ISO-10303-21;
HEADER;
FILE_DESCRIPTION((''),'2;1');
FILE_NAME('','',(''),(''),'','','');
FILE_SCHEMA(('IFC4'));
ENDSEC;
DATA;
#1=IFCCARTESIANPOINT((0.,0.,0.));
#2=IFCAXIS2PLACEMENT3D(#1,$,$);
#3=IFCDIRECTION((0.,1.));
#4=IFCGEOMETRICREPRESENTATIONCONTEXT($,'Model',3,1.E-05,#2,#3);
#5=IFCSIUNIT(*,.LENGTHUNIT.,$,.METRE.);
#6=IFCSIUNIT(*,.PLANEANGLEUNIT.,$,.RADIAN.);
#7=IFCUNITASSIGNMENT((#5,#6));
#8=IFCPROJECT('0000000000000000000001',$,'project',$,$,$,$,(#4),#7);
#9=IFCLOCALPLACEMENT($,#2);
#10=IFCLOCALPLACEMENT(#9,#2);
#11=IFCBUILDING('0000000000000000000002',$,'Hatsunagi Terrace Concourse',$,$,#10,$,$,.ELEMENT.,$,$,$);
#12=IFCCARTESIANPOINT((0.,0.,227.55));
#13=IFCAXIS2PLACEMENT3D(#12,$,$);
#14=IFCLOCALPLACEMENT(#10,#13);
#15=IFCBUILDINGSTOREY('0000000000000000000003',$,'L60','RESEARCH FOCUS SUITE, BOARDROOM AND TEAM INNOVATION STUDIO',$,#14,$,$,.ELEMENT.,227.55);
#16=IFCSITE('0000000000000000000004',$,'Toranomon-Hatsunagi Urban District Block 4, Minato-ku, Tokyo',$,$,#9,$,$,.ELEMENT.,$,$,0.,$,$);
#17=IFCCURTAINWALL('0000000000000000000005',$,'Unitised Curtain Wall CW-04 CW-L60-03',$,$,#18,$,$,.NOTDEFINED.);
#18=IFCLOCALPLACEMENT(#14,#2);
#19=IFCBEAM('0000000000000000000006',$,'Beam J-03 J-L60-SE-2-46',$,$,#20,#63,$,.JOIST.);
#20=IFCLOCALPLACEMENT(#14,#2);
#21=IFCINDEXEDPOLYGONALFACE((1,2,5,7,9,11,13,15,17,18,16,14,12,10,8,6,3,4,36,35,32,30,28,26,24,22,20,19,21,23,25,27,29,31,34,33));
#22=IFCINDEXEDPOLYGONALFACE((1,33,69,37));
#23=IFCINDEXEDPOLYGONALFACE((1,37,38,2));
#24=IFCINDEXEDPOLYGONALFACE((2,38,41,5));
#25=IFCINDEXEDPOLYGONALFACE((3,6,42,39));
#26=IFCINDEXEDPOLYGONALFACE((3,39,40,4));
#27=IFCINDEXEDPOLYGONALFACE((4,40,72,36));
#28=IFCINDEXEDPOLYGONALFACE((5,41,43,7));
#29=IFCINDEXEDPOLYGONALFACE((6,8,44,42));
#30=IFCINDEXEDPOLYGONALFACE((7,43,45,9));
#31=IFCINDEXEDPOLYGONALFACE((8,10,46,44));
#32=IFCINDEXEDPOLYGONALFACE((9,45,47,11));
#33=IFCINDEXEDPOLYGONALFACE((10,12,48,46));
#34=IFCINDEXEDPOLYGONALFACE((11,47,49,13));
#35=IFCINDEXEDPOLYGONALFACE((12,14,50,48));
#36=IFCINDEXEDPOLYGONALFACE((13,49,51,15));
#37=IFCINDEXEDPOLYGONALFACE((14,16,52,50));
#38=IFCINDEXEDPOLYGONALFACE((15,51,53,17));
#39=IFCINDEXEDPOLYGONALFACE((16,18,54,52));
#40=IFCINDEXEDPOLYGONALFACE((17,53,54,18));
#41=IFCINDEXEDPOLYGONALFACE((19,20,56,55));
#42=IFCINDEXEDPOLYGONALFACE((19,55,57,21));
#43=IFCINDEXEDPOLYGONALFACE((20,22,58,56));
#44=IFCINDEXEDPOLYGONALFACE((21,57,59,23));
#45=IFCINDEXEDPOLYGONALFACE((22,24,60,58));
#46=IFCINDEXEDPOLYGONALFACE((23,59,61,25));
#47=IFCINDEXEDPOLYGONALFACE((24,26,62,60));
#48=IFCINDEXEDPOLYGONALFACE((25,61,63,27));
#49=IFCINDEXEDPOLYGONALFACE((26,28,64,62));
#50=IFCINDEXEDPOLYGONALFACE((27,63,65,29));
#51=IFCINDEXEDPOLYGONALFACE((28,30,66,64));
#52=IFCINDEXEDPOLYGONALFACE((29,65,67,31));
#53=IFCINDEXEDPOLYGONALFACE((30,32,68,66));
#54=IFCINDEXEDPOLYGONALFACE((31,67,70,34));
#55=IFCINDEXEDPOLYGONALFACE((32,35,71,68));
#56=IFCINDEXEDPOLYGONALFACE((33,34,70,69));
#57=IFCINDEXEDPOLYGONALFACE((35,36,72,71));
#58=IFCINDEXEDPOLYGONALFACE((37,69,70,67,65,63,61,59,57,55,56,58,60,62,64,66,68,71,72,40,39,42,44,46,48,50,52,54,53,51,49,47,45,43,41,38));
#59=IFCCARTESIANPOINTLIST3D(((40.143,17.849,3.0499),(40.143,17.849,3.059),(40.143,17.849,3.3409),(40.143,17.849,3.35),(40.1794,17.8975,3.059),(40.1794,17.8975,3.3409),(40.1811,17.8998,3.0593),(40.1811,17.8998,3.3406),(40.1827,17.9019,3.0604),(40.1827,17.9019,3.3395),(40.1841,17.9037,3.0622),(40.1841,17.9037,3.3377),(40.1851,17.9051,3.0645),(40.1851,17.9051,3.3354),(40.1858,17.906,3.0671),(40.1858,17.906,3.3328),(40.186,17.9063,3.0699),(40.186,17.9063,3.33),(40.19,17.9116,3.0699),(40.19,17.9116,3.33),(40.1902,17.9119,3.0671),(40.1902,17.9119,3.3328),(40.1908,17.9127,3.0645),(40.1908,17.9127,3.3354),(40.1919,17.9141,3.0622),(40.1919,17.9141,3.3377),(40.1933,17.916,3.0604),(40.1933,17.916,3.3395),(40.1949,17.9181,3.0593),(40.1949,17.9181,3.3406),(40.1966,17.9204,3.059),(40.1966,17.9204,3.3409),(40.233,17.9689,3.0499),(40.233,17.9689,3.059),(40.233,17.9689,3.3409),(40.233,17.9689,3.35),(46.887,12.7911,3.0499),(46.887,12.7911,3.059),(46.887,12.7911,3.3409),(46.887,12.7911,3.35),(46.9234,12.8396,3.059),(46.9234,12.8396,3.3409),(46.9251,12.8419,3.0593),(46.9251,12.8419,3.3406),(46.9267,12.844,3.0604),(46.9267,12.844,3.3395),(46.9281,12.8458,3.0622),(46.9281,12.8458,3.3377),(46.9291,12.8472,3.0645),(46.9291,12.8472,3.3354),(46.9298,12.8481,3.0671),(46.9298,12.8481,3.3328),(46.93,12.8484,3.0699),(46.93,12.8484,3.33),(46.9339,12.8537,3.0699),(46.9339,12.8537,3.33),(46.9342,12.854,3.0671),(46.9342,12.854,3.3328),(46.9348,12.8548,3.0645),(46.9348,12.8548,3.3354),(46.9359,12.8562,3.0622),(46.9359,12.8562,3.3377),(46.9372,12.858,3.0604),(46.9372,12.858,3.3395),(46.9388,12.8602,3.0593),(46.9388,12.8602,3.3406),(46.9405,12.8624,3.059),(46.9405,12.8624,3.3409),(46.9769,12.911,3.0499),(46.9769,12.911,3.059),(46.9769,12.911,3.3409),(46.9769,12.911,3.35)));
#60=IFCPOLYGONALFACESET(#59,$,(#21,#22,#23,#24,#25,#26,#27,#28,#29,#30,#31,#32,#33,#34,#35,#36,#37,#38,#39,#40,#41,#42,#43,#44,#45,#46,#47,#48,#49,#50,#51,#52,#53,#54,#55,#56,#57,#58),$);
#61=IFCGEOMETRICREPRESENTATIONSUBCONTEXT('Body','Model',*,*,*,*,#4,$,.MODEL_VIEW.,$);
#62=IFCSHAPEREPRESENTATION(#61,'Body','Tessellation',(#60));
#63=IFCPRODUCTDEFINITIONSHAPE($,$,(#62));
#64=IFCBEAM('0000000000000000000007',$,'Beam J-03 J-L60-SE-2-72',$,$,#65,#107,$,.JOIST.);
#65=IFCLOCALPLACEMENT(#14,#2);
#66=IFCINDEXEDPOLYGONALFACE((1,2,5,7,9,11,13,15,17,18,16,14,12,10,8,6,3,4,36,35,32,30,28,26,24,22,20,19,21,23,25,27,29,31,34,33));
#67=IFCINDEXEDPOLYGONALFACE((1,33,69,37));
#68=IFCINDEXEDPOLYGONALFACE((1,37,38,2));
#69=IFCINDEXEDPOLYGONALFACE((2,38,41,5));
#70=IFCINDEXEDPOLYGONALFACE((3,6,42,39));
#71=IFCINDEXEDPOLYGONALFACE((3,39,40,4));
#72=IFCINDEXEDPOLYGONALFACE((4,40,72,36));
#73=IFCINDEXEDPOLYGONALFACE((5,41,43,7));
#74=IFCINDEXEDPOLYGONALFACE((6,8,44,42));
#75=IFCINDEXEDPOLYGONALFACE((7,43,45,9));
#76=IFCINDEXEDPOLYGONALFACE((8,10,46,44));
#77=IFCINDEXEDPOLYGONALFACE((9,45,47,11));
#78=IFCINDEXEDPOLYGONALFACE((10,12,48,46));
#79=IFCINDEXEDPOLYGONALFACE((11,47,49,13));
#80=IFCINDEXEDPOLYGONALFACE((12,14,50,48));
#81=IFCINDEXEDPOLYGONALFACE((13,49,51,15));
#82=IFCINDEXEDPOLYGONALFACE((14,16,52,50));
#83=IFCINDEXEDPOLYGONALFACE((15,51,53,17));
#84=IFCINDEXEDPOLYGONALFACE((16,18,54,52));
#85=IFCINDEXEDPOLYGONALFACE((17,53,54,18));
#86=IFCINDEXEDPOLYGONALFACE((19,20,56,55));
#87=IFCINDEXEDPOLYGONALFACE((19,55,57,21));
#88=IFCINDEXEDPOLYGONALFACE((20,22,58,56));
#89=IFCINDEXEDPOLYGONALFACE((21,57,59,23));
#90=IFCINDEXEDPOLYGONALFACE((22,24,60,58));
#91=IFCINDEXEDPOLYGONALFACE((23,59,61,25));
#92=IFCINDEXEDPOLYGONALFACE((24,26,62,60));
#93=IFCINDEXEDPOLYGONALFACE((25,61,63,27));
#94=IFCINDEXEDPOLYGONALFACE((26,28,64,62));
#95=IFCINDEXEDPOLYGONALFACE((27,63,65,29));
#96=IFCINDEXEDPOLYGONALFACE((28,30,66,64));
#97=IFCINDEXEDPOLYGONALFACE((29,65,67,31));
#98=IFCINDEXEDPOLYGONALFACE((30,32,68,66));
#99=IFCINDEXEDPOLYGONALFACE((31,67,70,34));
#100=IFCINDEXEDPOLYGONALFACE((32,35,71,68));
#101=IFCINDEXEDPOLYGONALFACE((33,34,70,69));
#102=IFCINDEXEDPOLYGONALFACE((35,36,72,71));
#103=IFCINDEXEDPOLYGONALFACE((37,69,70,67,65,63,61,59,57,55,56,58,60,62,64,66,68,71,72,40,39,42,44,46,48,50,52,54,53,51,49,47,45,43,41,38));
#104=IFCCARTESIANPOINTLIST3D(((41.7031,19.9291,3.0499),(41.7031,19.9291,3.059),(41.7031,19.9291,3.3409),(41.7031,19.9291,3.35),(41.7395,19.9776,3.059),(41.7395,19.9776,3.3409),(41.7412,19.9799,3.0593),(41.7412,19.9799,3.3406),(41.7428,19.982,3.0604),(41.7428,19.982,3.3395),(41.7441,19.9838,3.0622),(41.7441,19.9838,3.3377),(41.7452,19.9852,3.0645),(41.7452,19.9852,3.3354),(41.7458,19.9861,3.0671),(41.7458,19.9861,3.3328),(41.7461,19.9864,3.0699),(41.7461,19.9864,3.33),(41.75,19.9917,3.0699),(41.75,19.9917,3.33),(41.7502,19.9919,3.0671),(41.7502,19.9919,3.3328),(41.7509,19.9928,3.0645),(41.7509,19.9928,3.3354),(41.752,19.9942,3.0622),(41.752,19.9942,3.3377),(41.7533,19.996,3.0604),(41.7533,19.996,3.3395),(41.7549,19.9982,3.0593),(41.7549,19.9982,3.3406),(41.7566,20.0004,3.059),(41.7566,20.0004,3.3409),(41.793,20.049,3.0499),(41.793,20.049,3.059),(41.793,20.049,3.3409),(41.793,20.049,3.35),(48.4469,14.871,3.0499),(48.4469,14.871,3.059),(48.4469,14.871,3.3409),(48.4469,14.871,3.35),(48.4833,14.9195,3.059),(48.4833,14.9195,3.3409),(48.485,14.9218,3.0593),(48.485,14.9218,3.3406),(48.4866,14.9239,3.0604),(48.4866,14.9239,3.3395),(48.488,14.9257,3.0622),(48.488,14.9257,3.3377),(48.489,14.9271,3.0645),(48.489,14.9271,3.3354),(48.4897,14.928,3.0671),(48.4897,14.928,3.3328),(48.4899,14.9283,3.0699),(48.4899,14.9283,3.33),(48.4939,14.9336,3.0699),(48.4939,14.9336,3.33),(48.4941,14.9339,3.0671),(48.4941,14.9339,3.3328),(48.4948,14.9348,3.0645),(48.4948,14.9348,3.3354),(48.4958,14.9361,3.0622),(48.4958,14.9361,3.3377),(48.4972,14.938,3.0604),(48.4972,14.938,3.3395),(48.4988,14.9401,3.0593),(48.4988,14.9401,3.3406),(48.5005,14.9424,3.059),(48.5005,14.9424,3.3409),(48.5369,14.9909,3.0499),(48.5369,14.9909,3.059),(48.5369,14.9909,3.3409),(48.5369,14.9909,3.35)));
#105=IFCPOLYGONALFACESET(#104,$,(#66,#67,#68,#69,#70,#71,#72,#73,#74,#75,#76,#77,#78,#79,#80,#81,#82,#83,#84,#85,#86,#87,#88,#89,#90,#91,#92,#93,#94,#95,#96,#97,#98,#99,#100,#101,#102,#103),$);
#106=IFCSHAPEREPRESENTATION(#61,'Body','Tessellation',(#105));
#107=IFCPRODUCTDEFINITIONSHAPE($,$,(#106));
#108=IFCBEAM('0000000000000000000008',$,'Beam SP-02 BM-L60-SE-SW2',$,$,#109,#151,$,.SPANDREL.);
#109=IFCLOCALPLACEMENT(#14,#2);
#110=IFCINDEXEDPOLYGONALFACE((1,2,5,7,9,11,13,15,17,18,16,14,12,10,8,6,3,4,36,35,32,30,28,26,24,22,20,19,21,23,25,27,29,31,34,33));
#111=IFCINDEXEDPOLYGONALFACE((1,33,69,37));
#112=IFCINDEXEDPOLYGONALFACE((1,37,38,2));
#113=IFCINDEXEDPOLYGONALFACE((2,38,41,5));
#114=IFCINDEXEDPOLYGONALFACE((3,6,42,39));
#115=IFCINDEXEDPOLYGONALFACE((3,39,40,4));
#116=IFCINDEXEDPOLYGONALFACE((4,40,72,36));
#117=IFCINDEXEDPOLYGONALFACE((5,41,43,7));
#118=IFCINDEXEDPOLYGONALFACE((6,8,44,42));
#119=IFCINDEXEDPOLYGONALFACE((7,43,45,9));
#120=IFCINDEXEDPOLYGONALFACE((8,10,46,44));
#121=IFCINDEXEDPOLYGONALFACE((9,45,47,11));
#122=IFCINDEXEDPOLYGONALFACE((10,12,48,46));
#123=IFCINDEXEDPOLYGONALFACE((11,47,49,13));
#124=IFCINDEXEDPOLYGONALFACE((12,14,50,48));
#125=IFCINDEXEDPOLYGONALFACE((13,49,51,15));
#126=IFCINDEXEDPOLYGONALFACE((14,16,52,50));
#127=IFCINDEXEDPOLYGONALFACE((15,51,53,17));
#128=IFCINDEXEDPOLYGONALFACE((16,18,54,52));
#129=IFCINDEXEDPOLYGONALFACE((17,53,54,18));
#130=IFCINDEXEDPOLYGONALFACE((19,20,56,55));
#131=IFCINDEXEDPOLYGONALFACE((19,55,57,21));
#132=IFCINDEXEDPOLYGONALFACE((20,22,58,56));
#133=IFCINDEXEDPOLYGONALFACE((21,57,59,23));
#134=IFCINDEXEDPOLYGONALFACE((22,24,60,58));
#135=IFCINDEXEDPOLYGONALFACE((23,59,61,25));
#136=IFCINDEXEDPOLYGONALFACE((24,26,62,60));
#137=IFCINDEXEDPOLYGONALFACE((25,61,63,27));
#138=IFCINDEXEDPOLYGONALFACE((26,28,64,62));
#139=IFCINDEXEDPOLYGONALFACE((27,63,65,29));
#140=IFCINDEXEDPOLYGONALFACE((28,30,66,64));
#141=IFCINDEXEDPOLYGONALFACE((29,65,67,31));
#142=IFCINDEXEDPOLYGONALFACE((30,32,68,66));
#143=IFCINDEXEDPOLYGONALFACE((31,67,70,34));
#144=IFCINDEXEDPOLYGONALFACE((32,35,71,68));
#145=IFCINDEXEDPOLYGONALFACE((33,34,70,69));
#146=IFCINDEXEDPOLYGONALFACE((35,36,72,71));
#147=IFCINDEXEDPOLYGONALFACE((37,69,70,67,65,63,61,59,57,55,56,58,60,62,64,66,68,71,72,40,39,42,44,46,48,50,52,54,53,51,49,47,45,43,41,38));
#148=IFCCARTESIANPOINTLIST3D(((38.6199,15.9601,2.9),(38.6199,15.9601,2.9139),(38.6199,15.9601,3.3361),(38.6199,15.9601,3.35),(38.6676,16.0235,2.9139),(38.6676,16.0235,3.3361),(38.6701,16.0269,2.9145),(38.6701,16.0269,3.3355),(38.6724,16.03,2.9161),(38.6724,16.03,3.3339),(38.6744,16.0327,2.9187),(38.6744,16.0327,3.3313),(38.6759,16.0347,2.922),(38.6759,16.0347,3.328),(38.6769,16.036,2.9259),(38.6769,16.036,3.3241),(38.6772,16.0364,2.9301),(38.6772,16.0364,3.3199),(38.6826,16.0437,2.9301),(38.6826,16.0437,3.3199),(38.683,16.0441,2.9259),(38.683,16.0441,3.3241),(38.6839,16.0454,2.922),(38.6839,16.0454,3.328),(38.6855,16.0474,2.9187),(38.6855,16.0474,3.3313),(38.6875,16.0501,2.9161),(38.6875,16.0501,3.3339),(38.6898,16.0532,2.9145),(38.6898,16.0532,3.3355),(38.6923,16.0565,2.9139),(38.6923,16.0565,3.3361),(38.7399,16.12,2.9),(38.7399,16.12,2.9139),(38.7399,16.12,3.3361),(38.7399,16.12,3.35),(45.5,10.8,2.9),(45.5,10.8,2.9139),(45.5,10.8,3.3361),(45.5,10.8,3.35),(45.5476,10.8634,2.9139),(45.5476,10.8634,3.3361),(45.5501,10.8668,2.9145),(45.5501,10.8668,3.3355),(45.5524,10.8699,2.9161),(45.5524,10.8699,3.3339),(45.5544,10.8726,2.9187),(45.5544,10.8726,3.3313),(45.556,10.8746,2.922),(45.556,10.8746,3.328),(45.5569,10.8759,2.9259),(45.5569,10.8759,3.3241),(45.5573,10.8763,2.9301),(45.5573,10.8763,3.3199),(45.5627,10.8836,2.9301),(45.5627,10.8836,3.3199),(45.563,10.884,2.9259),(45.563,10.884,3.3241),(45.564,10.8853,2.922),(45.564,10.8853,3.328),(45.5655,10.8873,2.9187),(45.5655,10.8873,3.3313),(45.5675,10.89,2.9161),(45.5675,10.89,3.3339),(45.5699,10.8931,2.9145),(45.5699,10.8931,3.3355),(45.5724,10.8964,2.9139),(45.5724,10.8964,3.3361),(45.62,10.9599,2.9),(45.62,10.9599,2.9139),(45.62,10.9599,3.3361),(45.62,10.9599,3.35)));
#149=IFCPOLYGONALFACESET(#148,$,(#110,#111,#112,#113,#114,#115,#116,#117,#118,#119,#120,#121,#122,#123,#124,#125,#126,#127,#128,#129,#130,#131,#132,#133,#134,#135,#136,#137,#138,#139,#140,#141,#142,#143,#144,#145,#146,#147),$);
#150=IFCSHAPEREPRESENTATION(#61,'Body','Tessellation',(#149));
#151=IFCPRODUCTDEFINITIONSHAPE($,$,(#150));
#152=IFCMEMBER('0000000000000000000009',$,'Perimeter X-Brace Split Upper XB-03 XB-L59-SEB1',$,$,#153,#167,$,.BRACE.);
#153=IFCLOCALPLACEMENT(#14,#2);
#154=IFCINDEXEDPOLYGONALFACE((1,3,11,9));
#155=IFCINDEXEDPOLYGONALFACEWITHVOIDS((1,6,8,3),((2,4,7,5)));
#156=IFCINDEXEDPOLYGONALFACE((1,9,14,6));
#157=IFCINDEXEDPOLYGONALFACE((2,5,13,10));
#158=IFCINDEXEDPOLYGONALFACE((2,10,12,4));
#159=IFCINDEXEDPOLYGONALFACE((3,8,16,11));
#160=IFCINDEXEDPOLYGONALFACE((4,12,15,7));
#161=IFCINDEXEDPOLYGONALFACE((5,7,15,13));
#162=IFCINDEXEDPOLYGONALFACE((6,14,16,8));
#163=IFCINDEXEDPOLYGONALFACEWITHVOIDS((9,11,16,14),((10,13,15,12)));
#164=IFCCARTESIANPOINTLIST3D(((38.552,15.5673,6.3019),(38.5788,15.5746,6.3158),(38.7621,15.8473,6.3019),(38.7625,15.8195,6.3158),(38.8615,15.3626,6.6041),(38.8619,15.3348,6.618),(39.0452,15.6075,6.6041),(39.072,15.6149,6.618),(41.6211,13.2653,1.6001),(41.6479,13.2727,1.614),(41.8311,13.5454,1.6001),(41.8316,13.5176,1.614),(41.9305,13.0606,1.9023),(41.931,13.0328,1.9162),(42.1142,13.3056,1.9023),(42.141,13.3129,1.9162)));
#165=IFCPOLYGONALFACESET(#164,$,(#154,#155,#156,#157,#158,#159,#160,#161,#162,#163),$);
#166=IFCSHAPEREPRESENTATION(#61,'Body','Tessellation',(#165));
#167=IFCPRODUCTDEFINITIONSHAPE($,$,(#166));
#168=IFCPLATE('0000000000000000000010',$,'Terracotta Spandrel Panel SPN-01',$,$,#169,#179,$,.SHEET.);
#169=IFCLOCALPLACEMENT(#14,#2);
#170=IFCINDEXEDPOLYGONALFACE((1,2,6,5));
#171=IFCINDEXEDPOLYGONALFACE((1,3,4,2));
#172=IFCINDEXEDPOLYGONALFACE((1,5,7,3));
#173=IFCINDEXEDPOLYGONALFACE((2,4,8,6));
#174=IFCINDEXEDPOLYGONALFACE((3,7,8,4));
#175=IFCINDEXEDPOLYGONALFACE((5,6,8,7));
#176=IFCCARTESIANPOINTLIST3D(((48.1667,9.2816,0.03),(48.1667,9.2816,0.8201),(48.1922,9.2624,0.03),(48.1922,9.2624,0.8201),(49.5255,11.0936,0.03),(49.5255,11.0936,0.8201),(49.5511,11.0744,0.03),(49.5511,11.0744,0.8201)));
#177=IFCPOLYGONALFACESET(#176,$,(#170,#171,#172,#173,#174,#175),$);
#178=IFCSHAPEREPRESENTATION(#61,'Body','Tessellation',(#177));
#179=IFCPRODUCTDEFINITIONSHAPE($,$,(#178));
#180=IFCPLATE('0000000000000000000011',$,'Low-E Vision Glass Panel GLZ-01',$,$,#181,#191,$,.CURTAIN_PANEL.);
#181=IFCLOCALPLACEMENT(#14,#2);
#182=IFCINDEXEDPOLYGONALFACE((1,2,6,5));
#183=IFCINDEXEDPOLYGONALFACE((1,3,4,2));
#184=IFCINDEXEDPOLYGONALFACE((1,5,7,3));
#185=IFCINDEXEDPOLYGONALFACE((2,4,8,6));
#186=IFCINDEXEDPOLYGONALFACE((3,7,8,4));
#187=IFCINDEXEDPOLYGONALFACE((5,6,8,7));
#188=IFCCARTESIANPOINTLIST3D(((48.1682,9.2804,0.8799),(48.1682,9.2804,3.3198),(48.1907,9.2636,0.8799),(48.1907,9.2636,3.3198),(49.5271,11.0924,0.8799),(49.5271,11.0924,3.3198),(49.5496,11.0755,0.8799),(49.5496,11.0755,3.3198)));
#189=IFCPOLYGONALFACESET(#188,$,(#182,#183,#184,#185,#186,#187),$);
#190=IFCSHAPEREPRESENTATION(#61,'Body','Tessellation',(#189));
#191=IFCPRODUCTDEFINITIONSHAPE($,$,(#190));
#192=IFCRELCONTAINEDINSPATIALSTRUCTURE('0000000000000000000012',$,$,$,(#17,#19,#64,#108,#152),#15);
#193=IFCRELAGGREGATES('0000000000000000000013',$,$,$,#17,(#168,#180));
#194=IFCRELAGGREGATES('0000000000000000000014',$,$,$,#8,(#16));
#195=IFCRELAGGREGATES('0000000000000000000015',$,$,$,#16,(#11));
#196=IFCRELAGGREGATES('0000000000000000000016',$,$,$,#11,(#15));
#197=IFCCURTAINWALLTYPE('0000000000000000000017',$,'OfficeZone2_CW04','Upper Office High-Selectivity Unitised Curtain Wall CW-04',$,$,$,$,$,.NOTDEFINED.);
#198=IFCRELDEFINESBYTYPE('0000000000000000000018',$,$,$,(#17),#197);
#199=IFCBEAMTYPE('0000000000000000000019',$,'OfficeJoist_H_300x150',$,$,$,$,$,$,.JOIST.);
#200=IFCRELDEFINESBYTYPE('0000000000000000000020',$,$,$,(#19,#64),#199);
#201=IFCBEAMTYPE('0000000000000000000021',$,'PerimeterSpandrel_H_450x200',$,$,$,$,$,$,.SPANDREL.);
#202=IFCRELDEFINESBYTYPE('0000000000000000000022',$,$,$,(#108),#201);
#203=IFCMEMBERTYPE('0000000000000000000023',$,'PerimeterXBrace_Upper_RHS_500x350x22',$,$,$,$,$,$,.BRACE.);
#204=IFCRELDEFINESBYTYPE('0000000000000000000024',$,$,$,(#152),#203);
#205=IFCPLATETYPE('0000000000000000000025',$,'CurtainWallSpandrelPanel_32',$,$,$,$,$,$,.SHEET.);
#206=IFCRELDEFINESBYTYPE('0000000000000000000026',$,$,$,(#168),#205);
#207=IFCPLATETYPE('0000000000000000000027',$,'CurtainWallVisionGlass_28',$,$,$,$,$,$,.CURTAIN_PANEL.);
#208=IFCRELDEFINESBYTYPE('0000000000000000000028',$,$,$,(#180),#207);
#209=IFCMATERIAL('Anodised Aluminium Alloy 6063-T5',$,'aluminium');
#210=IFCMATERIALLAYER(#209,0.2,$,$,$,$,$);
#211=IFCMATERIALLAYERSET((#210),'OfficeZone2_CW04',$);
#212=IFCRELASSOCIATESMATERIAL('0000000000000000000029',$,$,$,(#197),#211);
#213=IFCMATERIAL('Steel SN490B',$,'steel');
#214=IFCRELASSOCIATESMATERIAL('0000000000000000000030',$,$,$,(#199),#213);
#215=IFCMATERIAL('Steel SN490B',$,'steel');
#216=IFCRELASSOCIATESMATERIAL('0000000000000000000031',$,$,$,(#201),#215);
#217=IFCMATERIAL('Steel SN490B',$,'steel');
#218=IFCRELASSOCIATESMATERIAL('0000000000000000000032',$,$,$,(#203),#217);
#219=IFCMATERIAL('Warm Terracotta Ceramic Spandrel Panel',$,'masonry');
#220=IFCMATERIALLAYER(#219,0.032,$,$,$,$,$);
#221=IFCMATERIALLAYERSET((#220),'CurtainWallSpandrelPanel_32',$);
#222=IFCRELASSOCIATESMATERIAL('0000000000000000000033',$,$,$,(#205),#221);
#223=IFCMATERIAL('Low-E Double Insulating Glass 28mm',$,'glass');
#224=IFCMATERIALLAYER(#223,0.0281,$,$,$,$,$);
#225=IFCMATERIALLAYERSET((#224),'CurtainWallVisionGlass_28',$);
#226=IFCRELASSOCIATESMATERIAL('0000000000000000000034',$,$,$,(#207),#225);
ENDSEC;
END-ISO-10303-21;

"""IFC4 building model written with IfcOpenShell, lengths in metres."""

from ifc_helpers import new_model, si_unit, direction, frame, origin, origin_2d, place, context, subcontext, project, spatial, rectangle, hollow_rectangle, i_section, extrude, material, layer, layer_set, material_profile, profile_set, type_object, element, aggregate, save


model = new_model("IFC4")

# Units and contexts
model_context = context("Model", 3, precision=1e-05, world=origin(), true_north=direction((0.0, 1.0)))
body_context = subcontext(model_context, "Body", "Model", "MODEL_VIEW")
ifc_project = project(units=[si_unit("LENGTHUNIT", "METRE"), si_unit("PLANEANGLEUNIT", "RADIAN")], contexts=[model_context])

# Site, building, storey
site_placement = place(None, origin())
site = spatial("IfcSite", under=ifc_project, at=site_placement, Name="Toranomon-Hatsunagi Urban District Block 4, Minato-ku, Tokyo", CompositionType="ELEMENT", RefElevation=0.0)
building_placement = place(site_placement, origin())
building = spatial("IfcBuilding", under=site, at=building_placement, Name="Hatsunagi Terrace Concourse", CompositionType="ELEMENT")
storey_placement = place(building_placement, frame((0.0, 0.0, 227.55)))
storey = spatial("IfcBuildingStorey", under=building, at=storey_placement, Name="L60", Description="RESEARCH FOCUS SUITE, BOARDROOM AND TEAM INNOVATION STUDIO", CompositionType="ELEMENT", Elevation=227.55)

# Curtain wall
ifc_material_1 = material(Name="Anodised Aluminium Alloy 6063-T5", Category="aluminium")
ifc_layer_1 = layer(ifc_material_1, 0.2)
ifc_layer_set_1 = layer_set([ifc_layer_1], Name="OfficeZone2_CW04")
curtain_wall_type = type_object("IfcCurtainWallType", Name="OfficeZone2_CW04", Description="Upper Office High-Selectivity Unitised Curtain Wall CW-04", PredefinedType="NOTDEFINED", material=ifc_layer_set_1)
curtain_wall_placement = place(storey_placement, origin())
curtain_wall = element("IfcCurtainWall", 1, at=curtain_wall_placement, inside=storey, type_object=curtain_wall_type, Name="Unitised Curtain Wall CW-04 CW-L60-03", PredefinedType="NOTDEFINED")

# Beams
ifc_material_2 = material(Name="Steel SN490B", Category="steel")
ifc_material_profile_1 = material_profile(ifc_material_2, i_section(OverallWidth=0.1499, OverallDepth=0.3, WebThickness=0.0066, FlangeThickness=0.009, FilletRadius=0.011, at=origin_2d()), Name="H-300x150x6.5x9")
ifc_profile_set_1 = profile_set([ifc_material_profile_1], Name="Steel SN490B")
beam_type_1 = type_object("IfcBeamType", Name="OfficeJoist_H_300x150", PredefinedType="JOIST", material=ifc_profile_set_1)
for number, where, z_axis, x_axis, name in (
    (2, (40.188, 17.9089, 3.2), (0.800003, -0.599995, 0.0), (0.599995, 0.800003, 0.0), "Beam J-03 J-L60-SE-2-46"),
    (3, (41.748, 19.989, 3.2), (0.79999, -0.600014, 0.0), (0.600014, 0.79999, 0.0), "Beam J-03 J-L60-SE-2-72"),
):
    element("IfcBeam", number, at=place(storey_placement, frame(where, z_axis=z_axis, x_axis=x_axis)), inside=storey, type_object=beam_type_1, Name=name, PredefinedType="JOIST", context=body_context, shape_type="SweptSolid", body=[
        extrude(i_section(OverallWidth=0.1499, OverallDepth=0.3, WebThickness=0.0066, FlangeThickness=0.009, FilletRadius=0.011, at=origin_2d()), origin(), (0.0, 0.0, 1.0), 8.4299),
    ])
ifc_material_3 = material(Name="Steel SN490B", Category="steel")
ifc_material_profile_2 = material_profile(ifc_material_3, i_section(OverallWidth=0.2, OverallDepth=0.45, WebThickness=0.009, FlangeThickness=0.0139, FilletRadius=0.0161, at=origin_2d()), Name="H-450x200x9x14")
ifc_profile_set_2 = profile_set([ifc_material_profile_2], Name="Steel SN490B")
beam_type_2 = type_object("IfcBeamType", Name="PerimeterSpandrel_H_450x200", PredefinedType="SPANDREL", material=ifc_profile_set_2)
beam_1_placement = place(storey_placement, frame((38.6799, 16.04, 3.125), z_axis=(0.799997, -0.600005, 0.0), x_axis=(0.600005, 0.799997, 0.0)))
element("IfcBeam", 4, at=beam_1_placement, inside=storey, type_object=beam_type_2, Name="Beam SP-02 BM-L60-SE-SW2", PredefinedType="SPANDREL", context=body_context, shape_type="SweptSolid", body=[
    extrude(i_section(OverallWidth=0.2, OverallDepth=0.45, WebThickness=0.009, FlangeThickness=0.0139, FilletRadius=0.0161, at=origin_2d()), origin(), (0.0, 0.0, 1.0), 8.6001),
])

# Member
ifc_material_4 = material(Name="Steel SN490B", Category="steel")
ifc_material_profile_3 = material_profile(ifc_material_4, hollow_rectangle(XDim=0.3501, YDim=0.5, WallThickness=0.022, at=origin_2d()), Name="RHS-500x350x22")
ifc_profile_set_3 = profile_set([ifc_material_profile_3], Name="Steel SN490B")
member_type_1 = type_object("IfcMemberType", Name="PerimeterXBrace_Upper_RHS_500x350x22", PredefinedType="BRACE", material=ifc_profile_set_3)
member_1_placement = place(storey_placement, frame((38.812, 15.5911, 6.46), z_axis=(0.505743, -0.379338, -0.774808), x_axis=(0.600031, 0.799977, 0.0)))
element("IfcMember", 5, at=member_1_placement, inside=storey, type_object=member_type_1, Name="Perimeter X-Brace Split Upper XB-03 XB-L59-SEB1", PredefinedType="BRACE", context=body_context, shape_type="SweptSolid", body=[
    extrude(hollow_rectangle(XDim=0.3501, YDim=0.5, WallThickness=0.022, at=origin_2d()), origin(), (0.0, 0.0, 1.0), 6.0684),
])

# Plates
ifc_material_5 = material(Name="Warm Terracotta Ceramic Spandrel Panel", Category="masonry")
ifc_layer_2 = layer(ifc_material_5, 0.032)
ifc_layer_set_2 = layer_set([ifc_layer_2], Name="CurtainWallSpandrelPanel_32")
plate_type_1 = type_object("IfcPlateType", Name="CurtainWallSpandrelPanel_32", PredefinedType="SHEET", material=ifc_layer_set_2)
plate_1_placement = place(storey_placement, frame((48.8589, 10.178, 0.03), z_axis=(0.0, 0.0, 1.0), x_axis=(-0.599969, -0.800023, 0.0)))
plate_1 = element("IfcPlate", 6, at=plate_1_placement, type_object=plate_type_1, Name="Terracotta Spandrel Panel SPN-01", PredefinedType="SHEET", context=body_context, shape_type="SweptSolid", body=[
    extrude(rectangle(XDim=2.2649, YDim=0.032, at=origin_2d()), origin(), (0.0, 0.0, 1.0), 0.79),
])
ifc_material_6 = material(Name="Low-E Double Insulating Glass 28mm", Category="glass")
ifc_layer_3 = layer(ifc_material_6, 0.0281)
ifc_layer_set_3 = layer_set([ifc_layer_3], Name="CurtainWallVisionGlass_28")
plate_type_2 = type_object("IfcPlateType", Name="CurtainWallVisionGlass_28", PredefinedType="CURTAIN_PANEL", material=ifc_layer_set_3)
plate_2_placement = place(storey_placement, frame((48.8589, 10.178, 0.8799), z_axis=(0.0, 0.0, 1.0), x_axis=(-0.599969, -0.800023, 0.0)))
plate_2 = element("IfcPlate", 7, at=plate_2_placement, type_object=plate_type_2, Name="Low-E Vision Glass Panel GLZ-01", PredefinedType="CURTAIN_PANEL", context=body_context, shape_type="SweptSolid", body=[
    extrude(rectangle(XDim=2.2649, YDim=0.0281, at=origin_2d()), origin(), (0.0, 0.0, 1.0), 2.4399),
])
aggregate(curtain_wall, [plate_1, plate_2])

save(model, "model.ifc")
